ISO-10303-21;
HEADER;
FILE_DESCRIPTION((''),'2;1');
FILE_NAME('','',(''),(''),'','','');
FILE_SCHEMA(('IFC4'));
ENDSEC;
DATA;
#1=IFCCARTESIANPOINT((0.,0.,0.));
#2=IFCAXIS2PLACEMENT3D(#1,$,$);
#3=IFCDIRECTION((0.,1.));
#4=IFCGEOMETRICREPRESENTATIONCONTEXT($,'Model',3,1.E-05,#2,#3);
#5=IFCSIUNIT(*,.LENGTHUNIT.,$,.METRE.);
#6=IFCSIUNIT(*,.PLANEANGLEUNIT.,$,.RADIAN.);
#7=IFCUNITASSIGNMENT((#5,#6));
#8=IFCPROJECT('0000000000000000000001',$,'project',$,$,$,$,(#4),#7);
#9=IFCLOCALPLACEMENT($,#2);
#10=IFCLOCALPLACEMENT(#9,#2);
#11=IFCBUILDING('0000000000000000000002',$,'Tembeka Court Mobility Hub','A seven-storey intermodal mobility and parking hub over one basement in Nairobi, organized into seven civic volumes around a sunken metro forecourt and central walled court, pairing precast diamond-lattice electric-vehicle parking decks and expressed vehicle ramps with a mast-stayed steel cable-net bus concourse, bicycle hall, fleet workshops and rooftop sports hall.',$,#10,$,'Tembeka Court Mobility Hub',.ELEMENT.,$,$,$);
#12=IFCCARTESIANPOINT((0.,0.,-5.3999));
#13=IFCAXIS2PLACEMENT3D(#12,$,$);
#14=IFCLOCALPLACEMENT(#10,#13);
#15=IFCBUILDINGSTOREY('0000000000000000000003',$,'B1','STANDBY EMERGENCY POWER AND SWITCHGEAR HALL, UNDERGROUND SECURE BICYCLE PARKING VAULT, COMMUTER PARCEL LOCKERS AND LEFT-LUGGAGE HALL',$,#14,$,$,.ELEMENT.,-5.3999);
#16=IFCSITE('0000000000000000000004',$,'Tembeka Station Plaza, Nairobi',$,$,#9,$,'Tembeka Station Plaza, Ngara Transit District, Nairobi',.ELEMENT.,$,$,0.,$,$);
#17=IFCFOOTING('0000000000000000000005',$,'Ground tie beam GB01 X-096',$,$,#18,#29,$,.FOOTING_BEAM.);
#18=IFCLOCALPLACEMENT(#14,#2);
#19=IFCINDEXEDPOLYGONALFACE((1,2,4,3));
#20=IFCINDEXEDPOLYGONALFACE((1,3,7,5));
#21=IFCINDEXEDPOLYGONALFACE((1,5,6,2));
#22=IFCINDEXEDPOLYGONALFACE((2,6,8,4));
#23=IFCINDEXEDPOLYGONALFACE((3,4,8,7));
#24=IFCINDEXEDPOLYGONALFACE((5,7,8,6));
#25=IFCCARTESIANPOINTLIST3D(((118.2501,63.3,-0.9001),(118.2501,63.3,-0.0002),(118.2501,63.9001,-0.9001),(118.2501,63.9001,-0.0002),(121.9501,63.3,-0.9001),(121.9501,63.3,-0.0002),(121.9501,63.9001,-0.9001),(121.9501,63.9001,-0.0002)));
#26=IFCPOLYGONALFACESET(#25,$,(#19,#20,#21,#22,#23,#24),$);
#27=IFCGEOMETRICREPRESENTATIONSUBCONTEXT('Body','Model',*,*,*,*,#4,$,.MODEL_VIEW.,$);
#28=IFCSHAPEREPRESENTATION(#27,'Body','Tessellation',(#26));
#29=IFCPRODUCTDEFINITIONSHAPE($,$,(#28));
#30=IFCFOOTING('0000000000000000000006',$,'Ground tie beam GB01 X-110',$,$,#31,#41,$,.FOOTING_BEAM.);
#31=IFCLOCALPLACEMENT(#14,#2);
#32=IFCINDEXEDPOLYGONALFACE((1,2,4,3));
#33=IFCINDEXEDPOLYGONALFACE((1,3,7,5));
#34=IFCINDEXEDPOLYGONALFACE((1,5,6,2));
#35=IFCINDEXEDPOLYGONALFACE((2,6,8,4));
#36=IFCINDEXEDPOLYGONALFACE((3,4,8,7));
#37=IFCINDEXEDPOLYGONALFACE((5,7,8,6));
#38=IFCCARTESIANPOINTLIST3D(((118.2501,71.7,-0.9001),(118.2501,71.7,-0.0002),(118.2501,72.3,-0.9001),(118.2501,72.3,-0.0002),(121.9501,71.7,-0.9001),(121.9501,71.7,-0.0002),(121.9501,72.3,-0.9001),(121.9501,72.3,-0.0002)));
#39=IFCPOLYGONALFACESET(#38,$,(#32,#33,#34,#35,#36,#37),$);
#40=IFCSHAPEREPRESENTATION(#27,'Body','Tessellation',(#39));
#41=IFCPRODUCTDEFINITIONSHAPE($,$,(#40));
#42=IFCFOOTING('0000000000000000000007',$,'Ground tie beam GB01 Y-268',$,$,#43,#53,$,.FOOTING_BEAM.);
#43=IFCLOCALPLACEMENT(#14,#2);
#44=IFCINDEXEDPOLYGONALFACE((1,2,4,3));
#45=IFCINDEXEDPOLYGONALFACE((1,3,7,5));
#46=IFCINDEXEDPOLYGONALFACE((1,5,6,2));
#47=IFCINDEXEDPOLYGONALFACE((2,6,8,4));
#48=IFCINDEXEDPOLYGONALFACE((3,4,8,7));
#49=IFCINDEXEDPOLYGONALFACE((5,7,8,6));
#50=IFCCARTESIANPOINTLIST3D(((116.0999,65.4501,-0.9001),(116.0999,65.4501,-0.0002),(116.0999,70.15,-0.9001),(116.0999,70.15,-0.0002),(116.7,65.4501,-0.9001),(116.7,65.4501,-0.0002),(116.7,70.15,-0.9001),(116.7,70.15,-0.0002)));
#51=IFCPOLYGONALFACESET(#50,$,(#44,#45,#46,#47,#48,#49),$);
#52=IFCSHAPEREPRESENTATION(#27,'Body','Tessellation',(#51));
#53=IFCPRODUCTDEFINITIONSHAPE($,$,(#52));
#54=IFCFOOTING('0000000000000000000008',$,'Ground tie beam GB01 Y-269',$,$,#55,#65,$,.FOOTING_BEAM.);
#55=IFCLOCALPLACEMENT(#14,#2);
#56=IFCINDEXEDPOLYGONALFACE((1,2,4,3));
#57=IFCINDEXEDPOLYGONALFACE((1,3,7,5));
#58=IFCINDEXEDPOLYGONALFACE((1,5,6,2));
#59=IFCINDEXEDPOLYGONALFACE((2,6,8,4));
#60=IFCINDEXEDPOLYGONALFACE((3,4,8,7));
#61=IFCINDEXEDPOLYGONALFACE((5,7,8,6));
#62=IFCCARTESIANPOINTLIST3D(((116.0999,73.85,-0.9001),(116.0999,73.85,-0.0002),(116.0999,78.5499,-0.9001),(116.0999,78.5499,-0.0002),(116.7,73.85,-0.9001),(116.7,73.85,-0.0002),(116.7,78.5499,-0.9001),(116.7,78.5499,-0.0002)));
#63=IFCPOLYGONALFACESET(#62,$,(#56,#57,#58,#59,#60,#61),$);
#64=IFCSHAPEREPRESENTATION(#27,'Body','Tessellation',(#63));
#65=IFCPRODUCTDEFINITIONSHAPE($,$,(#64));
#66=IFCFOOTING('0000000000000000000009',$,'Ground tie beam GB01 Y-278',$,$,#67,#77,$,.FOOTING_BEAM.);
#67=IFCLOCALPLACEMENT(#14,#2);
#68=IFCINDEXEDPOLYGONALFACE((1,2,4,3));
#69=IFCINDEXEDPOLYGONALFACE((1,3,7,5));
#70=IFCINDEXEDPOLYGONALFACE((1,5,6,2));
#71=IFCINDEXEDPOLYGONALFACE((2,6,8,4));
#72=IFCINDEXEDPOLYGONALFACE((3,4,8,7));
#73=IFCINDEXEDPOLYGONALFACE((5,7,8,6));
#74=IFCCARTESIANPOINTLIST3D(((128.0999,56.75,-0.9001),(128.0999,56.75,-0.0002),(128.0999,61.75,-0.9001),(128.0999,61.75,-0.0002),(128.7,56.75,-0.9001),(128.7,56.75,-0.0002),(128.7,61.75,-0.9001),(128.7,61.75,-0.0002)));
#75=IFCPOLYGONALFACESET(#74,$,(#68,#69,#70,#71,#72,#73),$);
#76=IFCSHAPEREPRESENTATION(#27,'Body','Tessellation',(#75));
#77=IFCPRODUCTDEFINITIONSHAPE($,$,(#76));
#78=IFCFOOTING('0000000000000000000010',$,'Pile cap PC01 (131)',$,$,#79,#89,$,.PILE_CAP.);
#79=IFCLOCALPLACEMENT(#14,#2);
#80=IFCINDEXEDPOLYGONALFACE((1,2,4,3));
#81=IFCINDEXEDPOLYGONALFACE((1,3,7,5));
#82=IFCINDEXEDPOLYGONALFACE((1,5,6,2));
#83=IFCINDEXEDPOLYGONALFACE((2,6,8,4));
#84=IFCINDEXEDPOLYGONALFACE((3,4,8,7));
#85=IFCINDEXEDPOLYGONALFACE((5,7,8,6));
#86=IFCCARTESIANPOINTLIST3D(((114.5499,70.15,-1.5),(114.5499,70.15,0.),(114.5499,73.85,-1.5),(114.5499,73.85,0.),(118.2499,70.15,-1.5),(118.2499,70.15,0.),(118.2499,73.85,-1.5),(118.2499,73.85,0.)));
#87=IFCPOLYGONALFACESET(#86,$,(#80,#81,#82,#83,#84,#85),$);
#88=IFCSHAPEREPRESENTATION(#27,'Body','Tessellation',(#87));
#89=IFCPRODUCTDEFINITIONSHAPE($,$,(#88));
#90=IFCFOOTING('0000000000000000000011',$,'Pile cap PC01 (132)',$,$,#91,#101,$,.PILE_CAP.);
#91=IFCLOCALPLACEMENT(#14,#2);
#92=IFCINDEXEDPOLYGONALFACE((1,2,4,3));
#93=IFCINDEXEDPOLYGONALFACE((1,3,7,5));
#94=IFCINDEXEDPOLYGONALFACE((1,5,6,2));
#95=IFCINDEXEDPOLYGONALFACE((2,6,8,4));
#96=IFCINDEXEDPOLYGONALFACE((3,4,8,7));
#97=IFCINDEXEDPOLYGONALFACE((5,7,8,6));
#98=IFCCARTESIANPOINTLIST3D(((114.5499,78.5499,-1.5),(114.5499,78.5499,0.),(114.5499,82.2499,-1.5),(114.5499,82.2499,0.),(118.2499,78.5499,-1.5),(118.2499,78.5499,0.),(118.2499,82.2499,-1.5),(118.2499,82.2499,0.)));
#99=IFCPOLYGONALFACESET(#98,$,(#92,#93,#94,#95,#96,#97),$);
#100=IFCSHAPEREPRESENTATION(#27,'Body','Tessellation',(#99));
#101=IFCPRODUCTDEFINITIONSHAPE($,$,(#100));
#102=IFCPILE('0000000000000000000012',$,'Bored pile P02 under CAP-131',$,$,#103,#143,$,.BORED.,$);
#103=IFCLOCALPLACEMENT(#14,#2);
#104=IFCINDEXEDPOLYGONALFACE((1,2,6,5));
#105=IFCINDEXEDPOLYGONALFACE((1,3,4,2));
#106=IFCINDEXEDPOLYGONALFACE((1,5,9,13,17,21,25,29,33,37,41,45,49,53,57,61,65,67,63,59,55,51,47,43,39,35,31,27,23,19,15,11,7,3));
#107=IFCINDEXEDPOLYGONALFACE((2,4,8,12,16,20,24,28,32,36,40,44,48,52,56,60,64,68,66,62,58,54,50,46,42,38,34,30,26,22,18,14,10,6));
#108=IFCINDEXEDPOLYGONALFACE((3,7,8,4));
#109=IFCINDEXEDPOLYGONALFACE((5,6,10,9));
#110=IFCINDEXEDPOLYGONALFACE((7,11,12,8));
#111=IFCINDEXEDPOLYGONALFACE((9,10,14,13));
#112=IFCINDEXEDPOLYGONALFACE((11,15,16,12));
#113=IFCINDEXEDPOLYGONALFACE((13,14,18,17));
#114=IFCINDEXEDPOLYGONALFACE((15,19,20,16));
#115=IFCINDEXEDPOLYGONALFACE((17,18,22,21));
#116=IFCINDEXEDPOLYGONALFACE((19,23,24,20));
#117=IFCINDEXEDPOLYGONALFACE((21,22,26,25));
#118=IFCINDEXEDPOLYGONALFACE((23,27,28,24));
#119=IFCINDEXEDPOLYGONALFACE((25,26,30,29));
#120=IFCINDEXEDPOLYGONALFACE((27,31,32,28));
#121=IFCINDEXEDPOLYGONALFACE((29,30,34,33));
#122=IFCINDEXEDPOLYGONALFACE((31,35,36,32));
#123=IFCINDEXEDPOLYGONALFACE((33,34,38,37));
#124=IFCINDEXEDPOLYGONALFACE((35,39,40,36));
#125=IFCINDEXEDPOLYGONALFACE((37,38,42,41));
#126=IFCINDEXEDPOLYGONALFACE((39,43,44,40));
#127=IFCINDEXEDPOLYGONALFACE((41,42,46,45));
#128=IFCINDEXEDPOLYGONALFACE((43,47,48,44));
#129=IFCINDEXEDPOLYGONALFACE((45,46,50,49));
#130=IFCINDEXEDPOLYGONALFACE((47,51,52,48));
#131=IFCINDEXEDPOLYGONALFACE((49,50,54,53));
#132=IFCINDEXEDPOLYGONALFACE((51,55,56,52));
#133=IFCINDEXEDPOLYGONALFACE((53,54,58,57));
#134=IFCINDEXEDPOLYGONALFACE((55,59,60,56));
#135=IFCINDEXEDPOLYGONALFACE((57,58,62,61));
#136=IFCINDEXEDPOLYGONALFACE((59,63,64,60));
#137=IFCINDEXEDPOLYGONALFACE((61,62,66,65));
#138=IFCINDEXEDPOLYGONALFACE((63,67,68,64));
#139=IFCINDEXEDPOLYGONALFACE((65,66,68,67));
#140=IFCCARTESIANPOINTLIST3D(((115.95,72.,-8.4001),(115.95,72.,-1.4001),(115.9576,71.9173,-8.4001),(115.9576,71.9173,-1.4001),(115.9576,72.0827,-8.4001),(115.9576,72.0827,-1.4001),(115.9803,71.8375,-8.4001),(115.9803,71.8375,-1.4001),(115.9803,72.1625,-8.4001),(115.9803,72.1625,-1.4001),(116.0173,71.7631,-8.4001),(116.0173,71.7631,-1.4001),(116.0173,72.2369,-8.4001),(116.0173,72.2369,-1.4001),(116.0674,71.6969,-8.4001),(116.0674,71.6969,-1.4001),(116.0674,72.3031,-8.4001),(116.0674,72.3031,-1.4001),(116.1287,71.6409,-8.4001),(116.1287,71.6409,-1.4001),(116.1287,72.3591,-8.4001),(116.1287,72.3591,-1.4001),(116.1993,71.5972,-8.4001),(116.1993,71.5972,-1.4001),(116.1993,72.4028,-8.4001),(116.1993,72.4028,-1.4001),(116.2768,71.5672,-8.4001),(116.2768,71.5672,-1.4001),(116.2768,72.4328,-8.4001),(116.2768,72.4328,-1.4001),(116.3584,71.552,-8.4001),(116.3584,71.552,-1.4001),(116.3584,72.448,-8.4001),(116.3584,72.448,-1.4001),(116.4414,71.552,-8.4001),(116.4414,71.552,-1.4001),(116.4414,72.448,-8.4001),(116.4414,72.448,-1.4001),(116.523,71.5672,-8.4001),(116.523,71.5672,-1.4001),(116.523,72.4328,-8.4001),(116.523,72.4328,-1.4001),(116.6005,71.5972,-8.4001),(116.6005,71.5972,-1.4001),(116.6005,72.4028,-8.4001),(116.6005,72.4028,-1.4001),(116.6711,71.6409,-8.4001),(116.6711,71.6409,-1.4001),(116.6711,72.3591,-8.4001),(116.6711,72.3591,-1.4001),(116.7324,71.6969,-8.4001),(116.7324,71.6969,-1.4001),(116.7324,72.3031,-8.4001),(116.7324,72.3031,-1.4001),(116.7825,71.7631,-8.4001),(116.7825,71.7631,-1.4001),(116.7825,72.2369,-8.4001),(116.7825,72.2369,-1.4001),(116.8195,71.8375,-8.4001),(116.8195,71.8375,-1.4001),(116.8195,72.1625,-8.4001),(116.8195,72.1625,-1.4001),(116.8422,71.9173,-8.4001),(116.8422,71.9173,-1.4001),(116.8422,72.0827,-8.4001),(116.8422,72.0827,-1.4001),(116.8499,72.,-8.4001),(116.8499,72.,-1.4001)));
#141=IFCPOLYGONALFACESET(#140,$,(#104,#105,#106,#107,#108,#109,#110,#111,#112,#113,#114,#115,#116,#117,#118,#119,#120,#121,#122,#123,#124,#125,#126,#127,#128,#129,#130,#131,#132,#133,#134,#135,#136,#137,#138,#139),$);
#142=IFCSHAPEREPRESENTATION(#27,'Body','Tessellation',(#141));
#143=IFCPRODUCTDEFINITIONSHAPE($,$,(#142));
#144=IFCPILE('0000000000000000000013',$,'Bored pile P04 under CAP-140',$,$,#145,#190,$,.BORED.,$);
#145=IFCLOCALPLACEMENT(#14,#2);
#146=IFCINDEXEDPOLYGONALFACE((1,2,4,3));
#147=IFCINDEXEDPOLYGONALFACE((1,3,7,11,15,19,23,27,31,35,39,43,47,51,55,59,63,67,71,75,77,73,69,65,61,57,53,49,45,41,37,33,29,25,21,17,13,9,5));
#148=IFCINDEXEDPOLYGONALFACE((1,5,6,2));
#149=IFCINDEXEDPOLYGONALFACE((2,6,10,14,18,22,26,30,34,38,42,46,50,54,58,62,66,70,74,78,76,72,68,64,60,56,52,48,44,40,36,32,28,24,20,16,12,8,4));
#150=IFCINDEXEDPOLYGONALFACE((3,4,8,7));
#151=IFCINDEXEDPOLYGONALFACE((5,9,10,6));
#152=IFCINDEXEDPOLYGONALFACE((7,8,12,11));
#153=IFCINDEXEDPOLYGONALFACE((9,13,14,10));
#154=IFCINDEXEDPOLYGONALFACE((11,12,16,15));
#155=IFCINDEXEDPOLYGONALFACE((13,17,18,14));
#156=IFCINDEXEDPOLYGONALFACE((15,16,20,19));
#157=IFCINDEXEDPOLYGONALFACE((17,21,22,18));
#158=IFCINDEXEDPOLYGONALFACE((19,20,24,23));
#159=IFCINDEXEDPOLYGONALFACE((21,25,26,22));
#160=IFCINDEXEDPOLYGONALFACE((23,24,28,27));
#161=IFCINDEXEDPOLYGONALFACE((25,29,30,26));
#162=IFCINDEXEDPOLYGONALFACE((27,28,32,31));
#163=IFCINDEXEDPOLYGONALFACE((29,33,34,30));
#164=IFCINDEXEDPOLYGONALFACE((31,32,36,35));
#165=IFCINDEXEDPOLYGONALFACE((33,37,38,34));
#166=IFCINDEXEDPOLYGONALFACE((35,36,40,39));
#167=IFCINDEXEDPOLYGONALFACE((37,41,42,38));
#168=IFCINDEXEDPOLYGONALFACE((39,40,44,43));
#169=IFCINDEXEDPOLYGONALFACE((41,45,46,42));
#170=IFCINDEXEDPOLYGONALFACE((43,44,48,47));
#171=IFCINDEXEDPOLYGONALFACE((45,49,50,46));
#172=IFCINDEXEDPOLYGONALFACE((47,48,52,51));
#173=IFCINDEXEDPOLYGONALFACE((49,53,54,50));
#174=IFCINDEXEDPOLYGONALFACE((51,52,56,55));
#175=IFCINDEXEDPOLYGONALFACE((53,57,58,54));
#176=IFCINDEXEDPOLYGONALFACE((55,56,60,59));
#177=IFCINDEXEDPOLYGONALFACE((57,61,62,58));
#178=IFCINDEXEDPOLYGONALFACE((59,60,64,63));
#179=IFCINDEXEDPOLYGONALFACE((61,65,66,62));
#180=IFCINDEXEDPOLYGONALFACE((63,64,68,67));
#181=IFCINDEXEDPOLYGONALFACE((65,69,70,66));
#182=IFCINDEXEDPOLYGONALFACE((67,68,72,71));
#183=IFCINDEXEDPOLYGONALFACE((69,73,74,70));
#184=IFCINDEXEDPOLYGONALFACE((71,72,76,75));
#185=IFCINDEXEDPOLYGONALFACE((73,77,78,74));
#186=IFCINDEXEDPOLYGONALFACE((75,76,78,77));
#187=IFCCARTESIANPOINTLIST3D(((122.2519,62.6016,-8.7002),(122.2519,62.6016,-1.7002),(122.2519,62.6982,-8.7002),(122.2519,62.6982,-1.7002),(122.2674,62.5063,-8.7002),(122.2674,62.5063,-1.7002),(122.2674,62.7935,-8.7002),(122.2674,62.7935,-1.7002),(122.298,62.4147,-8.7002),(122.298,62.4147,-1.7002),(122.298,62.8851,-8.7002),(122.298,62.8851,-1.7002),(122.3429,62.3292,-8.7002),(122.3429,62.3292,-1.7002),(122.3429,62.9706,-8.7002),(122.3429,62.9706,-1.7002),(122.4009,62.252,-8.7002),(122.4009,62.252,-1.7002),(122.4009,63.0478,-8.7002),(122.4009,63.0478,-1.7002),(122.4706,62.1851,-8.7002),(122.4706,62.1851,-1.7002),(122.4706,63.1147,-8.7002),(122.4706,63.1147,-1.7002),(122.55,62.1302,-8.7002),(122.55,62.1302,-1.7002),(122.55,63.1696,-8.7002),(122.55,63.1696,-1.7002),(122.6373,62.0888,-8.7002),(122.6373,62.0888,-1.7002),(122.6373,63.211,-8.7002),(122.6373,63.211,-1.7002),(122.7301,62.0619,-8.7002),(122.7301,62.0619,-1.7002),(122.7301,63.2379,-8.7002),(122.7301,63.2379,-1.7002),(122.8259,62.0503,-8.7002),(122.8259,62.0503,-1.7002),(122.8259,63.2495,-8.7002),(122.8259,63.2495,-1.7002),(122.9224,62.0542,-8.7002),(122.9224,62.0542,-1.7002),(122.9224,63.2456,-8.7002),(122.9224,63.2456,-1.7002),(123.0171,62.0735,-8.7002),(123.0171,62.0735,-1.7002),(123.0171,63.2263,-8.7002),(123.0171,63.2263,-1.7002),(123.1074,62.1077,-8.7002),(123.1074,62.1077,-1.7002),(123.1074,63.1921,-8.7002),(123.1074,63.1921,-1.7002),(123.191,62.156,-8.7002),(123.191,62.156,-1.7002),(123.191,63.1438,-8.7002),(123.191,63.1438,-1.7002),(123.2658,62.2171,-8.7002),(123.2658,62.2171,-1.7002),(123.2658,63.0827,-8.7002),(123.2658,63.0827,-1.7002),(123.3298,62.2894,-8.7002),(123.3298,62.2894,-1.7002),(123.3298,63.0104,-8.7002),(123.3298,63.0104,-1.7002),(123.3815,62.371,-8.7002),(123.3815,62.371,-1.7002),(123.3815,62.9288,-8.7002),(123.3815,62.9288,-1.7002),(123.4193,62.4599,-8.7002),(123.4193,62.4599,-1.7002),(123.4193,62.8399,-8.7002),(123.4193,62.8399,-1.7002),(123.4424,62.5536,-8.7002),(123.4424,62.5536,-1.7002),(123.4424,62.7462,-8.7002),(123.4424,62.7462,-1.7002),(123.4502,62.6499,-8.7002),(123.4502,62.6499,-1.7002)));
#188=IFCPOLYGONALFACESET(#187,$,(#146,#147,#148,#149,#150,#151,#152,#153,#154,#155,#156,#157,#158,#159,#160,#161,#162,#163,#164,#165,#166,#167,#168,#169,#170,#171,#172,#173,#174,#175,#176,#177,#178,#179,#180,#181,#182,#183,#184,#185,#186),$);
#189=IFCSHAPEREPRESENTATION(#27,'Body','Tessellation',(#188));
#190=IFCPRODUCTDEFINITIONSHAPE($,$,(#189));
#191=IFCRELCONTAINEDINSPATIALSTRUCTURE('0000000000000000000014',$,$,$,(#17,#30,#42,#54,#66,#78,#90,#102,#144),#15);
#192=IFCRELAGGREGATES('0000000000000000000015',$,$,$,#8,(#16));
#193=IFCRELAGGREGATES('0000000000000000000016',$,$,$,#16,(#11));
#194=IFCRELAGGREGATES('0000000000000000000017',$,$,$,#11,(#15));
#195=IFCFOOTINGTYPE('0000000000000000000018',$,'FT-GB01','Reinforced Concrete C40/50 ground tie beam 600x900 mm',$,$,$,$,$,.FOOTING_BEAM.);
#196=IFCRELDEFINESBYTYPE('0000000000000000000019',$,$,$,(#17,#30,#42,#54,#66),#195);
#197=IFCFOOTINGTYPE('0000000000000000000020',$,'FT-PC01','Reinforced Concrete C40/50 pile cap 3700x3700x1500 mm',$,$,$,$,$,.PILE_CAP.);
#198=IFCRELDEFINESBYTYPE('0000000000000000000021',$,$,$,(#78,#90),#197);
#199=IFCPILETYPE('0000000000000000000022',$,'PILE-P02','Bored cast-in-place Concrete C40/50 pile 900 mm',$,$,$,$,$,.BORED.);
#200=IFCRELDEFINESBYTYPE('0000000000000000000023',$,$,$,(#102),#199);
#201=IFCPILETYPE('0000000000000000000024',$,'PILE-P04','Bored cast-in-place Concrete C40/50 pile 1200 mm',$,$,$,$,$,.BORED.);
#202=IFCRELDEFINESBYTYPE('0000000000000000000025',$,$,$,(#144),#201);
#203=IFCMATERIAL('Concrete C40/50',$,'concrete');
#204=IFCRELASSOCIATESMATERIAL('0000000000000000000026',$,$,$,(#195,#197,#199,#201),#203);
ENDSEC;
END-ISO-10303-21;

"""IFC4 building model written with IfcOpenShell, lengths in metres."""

from ifc_helpers import new_model, si_unit, direction, frame, origin, origin_2d, place, context, subcontext, project, spatial, rectangle, circle, extrude, material, material_profile, profile_set, type_object, element, save


model = new_model("IFC4")

# Units and contexts
model_context = context("Model", 3, precision=1e-05, world=origin(), true_north=direction((0.0, 1.0)))
body_context = subcontext(model_context, "Body", "Model", "MODEL_VIEW")
ifc_project = project(units=[si_unit("LENGTHUNIT", "METRE"), si_unit("PLANEANGLEUNIT", "RADIAN")], contexts=[model_context])

# Site, building, storey
site_placement = place(None, origin())
site = spatial("IfcSite", under=ifc_project, at=site_placement, Name="Tembeka Station Plaza, Nairobi", LongName="Tembeka Station Plaza, Ngara Transit District, Nairobi", CompositionType="ELEMENT", RefElevation=0.0)
building_placement = place(site_placement, origin())
building = spatial("IfcBuilding", under=site, at=building_placement, Name="Tembeka Court Mobility Hub", Description="A seven-storey intermodal mobility and parking hub over one basement in Nairobi, organized into seven civic volumes around a sunken metro forecourt and central walled court, pairing precast diamond-lattice electric-vehicle parking decks and expressed vehicle ramps with a mast-stayed steel cable-net bus concourse, bicycle hall, fleet workshops and rooftop sports hall.", LongName="Tembeka Court Mobility Hub", CompositionType="ELEMENT")
storey_placement = place(building_placement, frame((0.0, 0.0, -5.3999)))
storey = spatial("IfcBuildingStorey", under=building, at=storey_placement, Name="B1", Description="STANDBY EMERGENCY POWER AND SWITCHGEAR HALL, UNDERGROUND SECURE BICYCLE PARKING VAULT, COMMUTER PARCEL LOCKERS AND LEFT-LUGGAGE HALL", CompositionType="ELEMENT", Elevation=-5.3999)

# Footings
ifc_material_1 = material(Name="Concrete C40/50", Category="concrete")
footing_type_1 = type_object("IfcFootingType", Name="FT-GB01", Description="Reinforced Concrete C40/50 ground tie beam 600x900 mm", PredefinedType="FOOTING_BEAM", material=ifc_material_1)
for number, where, z_axis, x_axis, name in (
    (1, (120.1001, 63.6001, -0.9001), (0.0, 0.0, 1.0), (1.0, 0.0, 0.0), "Ground tie beam GB01 X-096"),
    (2, (120.1001, 72.0, -0.9001), (0.0, 0.0, 1.0), (1.0, 0.0, 0.0), "Ground tie beam GB01 X-110"),
):
    element("IfcFooting", number, at=place(storey_placement, frame(where, z_axis=z_axis, x_axis=x_axis)), inside=storey, type_object=footing_type_1, Name=name, PredefinedType="FOOTING_BEAM", context=body_context, shape_type="SweptSolid", body=[
        extrude(rectangle(XDim=3.7, YDim=0.6001, at=origin_2d()), origin(), (0.0, 0.0, 1.0), 0.8999),
    ])
for number, where, z_axis, x_axis, name in (
    (3, (116.3999, 67.8, -0.9001), (0.0, 0.0, 1.0), (0.0, 1.0, 0.0), "Ground tie beam GB01 Y-268"),
    (4, (116.3999, 76.2, -0.9001), (0.0, 0.0, 1.0), (0.0, 1.0, 0.0), "Ground tie beam GB01 Y-269"),
):
    element("IfcFooting", number, at=place(storey_placement, frame(where, z_axis=z_axis, x_axis=x_axis)), inside=storey, type_object=footing_type_1, Name=name, PredefinedType="FOOTING_BEAM", context=body_context, shape_type="SweptSolid", body=[
        extrude(rectangle(XDim=4.7, YDim=0.6001, at=origin_2d()), origin(), (0.0, 0.0, 1.0), 0.8999),
    ])
footing_placement = place(storey_placement, frame((128.3999, 59.25, -0.9001), z_axis=(0.0, 0.0, 1.0), x_axis=(0.0, 1.0, 0.0)))
element("IfcFooting", 5, at=footing_placement, inside=storey, type_object=footing_type_1, Name="Ground tie beam GB01 Y-278", PredefinedType="FOOTING_BEAM", context=body_context, shape_type="SweptSolid", body=[
    extrude(rectangle(XDim=5.0, YDim=0.6001, at=origin_2d()), origin(), (0.0, 0.0, 1.0), 0.8999),
])
footing_type_2 = type_object("IfcFootingType", Name="FT-PC01", Description="Reinforced Concrete C40/50 pile cap 3700x3700x1500 mm", PredefinedType="PILE_CAP", material=ifc_material_1)
for number, where, z_axis, x_axis, name in (
    (6, (116.3999, 72.0, -1.5), (0.0, 0.0, 1.0), (1.0, 0.0, 0.0), "Pile cap PC01 (131)"),
    (7, (116.3999, 80.3999, -1.5), (0.0, 0.0, 1.0), (1.0, 0.0, 0.0), "Pile cap PC01 (132)"),
):
    element("IfcFooting", number, at=place(storey_placement, frame(where, z_axis=z_axis, x_axis=x_axis)), inside=storey, type_object=footing_type_2, Name=name, PredefinedType="PILE_CAP", context=body_context, shape_type="SweptSolid", body=[
        extrude(rectangle(XDim=3.7, YDim=3.7, at=origin_2d()), origin(), (0.0, 0.0, 1.0), 1.5),
    ])

# Piles
ifc_material_profile_1 = material_profile(ifc_material_1, circle(Radius=0.45, at=origin_2d()), Name="PILE D900")
ifc_profile_set_1 = profile_set([ifc_material_profile_1], Name="Concrete C40/50")
pile_type_1 = type_object("IfcPileType", Name="PILE-P02", Description="Bored cast-in-place Concrete C40/50 pile 900 mm", PredefinedType="BORED", material=ifc_profile_set_1)
pile_placement = place(storey_placement, frame((116.3999, 72.0, -1.4001), z_axis=(0.0, 0.0, -1.0), x_axis=(1.0, 0.0, 0.0)))
element("IfcPile", 8, at=pile_placement, inside=storey, type_object=pile_type_1, Name="Bored pile P02 under CAP-131", PredefinedType="BORED", context=body_context, shape_type="SweptSolid", body=[
    extrude(circle(Radius=0.45, at=origin_2d()), origin(), (0.0, 0.0, 1.0), 7.0),
])
ifc_material_profile_2 = material_profile(ifc_material_1, circle(Radius=0.6001, at=origin_2d()), Name="PILE D1200")
ifc_profile_set_2 = profile_set([ifc_material_profile_2], Name="Concrete C40/50")
pile_type_2 = type_object("IfcPileType", Name="PILE-P04", Description="Bored cast-in-place Concrete C40/50 pile 1200 mm", PredefinedType="BORED", material=ifc_profile_set_2)
for number, where, z_axis, x_axis, name in (
    (9, (122.8501, 62.6499, -1.7002), (0.0, 0.0, -1.0), (1.0, 0.0, 0.0), "Bored pile P04 under CAP-140"),
):
    element("IfcPile", number, at=place(storey_placement, frame(where, z_axis=z_axis, x_axis=x_axis)), inside=storey, type_object=pile_type_2, Name=name, PredefinedType="BORED", context=body_context, shape_type="SweptSolid", body=[
        extrude(circle(Radius=0.6001, at=origin_2d()), origin(), (0.0, 0.0, 1.0), 7.0),
    ])

save(model, "model.ifc")
